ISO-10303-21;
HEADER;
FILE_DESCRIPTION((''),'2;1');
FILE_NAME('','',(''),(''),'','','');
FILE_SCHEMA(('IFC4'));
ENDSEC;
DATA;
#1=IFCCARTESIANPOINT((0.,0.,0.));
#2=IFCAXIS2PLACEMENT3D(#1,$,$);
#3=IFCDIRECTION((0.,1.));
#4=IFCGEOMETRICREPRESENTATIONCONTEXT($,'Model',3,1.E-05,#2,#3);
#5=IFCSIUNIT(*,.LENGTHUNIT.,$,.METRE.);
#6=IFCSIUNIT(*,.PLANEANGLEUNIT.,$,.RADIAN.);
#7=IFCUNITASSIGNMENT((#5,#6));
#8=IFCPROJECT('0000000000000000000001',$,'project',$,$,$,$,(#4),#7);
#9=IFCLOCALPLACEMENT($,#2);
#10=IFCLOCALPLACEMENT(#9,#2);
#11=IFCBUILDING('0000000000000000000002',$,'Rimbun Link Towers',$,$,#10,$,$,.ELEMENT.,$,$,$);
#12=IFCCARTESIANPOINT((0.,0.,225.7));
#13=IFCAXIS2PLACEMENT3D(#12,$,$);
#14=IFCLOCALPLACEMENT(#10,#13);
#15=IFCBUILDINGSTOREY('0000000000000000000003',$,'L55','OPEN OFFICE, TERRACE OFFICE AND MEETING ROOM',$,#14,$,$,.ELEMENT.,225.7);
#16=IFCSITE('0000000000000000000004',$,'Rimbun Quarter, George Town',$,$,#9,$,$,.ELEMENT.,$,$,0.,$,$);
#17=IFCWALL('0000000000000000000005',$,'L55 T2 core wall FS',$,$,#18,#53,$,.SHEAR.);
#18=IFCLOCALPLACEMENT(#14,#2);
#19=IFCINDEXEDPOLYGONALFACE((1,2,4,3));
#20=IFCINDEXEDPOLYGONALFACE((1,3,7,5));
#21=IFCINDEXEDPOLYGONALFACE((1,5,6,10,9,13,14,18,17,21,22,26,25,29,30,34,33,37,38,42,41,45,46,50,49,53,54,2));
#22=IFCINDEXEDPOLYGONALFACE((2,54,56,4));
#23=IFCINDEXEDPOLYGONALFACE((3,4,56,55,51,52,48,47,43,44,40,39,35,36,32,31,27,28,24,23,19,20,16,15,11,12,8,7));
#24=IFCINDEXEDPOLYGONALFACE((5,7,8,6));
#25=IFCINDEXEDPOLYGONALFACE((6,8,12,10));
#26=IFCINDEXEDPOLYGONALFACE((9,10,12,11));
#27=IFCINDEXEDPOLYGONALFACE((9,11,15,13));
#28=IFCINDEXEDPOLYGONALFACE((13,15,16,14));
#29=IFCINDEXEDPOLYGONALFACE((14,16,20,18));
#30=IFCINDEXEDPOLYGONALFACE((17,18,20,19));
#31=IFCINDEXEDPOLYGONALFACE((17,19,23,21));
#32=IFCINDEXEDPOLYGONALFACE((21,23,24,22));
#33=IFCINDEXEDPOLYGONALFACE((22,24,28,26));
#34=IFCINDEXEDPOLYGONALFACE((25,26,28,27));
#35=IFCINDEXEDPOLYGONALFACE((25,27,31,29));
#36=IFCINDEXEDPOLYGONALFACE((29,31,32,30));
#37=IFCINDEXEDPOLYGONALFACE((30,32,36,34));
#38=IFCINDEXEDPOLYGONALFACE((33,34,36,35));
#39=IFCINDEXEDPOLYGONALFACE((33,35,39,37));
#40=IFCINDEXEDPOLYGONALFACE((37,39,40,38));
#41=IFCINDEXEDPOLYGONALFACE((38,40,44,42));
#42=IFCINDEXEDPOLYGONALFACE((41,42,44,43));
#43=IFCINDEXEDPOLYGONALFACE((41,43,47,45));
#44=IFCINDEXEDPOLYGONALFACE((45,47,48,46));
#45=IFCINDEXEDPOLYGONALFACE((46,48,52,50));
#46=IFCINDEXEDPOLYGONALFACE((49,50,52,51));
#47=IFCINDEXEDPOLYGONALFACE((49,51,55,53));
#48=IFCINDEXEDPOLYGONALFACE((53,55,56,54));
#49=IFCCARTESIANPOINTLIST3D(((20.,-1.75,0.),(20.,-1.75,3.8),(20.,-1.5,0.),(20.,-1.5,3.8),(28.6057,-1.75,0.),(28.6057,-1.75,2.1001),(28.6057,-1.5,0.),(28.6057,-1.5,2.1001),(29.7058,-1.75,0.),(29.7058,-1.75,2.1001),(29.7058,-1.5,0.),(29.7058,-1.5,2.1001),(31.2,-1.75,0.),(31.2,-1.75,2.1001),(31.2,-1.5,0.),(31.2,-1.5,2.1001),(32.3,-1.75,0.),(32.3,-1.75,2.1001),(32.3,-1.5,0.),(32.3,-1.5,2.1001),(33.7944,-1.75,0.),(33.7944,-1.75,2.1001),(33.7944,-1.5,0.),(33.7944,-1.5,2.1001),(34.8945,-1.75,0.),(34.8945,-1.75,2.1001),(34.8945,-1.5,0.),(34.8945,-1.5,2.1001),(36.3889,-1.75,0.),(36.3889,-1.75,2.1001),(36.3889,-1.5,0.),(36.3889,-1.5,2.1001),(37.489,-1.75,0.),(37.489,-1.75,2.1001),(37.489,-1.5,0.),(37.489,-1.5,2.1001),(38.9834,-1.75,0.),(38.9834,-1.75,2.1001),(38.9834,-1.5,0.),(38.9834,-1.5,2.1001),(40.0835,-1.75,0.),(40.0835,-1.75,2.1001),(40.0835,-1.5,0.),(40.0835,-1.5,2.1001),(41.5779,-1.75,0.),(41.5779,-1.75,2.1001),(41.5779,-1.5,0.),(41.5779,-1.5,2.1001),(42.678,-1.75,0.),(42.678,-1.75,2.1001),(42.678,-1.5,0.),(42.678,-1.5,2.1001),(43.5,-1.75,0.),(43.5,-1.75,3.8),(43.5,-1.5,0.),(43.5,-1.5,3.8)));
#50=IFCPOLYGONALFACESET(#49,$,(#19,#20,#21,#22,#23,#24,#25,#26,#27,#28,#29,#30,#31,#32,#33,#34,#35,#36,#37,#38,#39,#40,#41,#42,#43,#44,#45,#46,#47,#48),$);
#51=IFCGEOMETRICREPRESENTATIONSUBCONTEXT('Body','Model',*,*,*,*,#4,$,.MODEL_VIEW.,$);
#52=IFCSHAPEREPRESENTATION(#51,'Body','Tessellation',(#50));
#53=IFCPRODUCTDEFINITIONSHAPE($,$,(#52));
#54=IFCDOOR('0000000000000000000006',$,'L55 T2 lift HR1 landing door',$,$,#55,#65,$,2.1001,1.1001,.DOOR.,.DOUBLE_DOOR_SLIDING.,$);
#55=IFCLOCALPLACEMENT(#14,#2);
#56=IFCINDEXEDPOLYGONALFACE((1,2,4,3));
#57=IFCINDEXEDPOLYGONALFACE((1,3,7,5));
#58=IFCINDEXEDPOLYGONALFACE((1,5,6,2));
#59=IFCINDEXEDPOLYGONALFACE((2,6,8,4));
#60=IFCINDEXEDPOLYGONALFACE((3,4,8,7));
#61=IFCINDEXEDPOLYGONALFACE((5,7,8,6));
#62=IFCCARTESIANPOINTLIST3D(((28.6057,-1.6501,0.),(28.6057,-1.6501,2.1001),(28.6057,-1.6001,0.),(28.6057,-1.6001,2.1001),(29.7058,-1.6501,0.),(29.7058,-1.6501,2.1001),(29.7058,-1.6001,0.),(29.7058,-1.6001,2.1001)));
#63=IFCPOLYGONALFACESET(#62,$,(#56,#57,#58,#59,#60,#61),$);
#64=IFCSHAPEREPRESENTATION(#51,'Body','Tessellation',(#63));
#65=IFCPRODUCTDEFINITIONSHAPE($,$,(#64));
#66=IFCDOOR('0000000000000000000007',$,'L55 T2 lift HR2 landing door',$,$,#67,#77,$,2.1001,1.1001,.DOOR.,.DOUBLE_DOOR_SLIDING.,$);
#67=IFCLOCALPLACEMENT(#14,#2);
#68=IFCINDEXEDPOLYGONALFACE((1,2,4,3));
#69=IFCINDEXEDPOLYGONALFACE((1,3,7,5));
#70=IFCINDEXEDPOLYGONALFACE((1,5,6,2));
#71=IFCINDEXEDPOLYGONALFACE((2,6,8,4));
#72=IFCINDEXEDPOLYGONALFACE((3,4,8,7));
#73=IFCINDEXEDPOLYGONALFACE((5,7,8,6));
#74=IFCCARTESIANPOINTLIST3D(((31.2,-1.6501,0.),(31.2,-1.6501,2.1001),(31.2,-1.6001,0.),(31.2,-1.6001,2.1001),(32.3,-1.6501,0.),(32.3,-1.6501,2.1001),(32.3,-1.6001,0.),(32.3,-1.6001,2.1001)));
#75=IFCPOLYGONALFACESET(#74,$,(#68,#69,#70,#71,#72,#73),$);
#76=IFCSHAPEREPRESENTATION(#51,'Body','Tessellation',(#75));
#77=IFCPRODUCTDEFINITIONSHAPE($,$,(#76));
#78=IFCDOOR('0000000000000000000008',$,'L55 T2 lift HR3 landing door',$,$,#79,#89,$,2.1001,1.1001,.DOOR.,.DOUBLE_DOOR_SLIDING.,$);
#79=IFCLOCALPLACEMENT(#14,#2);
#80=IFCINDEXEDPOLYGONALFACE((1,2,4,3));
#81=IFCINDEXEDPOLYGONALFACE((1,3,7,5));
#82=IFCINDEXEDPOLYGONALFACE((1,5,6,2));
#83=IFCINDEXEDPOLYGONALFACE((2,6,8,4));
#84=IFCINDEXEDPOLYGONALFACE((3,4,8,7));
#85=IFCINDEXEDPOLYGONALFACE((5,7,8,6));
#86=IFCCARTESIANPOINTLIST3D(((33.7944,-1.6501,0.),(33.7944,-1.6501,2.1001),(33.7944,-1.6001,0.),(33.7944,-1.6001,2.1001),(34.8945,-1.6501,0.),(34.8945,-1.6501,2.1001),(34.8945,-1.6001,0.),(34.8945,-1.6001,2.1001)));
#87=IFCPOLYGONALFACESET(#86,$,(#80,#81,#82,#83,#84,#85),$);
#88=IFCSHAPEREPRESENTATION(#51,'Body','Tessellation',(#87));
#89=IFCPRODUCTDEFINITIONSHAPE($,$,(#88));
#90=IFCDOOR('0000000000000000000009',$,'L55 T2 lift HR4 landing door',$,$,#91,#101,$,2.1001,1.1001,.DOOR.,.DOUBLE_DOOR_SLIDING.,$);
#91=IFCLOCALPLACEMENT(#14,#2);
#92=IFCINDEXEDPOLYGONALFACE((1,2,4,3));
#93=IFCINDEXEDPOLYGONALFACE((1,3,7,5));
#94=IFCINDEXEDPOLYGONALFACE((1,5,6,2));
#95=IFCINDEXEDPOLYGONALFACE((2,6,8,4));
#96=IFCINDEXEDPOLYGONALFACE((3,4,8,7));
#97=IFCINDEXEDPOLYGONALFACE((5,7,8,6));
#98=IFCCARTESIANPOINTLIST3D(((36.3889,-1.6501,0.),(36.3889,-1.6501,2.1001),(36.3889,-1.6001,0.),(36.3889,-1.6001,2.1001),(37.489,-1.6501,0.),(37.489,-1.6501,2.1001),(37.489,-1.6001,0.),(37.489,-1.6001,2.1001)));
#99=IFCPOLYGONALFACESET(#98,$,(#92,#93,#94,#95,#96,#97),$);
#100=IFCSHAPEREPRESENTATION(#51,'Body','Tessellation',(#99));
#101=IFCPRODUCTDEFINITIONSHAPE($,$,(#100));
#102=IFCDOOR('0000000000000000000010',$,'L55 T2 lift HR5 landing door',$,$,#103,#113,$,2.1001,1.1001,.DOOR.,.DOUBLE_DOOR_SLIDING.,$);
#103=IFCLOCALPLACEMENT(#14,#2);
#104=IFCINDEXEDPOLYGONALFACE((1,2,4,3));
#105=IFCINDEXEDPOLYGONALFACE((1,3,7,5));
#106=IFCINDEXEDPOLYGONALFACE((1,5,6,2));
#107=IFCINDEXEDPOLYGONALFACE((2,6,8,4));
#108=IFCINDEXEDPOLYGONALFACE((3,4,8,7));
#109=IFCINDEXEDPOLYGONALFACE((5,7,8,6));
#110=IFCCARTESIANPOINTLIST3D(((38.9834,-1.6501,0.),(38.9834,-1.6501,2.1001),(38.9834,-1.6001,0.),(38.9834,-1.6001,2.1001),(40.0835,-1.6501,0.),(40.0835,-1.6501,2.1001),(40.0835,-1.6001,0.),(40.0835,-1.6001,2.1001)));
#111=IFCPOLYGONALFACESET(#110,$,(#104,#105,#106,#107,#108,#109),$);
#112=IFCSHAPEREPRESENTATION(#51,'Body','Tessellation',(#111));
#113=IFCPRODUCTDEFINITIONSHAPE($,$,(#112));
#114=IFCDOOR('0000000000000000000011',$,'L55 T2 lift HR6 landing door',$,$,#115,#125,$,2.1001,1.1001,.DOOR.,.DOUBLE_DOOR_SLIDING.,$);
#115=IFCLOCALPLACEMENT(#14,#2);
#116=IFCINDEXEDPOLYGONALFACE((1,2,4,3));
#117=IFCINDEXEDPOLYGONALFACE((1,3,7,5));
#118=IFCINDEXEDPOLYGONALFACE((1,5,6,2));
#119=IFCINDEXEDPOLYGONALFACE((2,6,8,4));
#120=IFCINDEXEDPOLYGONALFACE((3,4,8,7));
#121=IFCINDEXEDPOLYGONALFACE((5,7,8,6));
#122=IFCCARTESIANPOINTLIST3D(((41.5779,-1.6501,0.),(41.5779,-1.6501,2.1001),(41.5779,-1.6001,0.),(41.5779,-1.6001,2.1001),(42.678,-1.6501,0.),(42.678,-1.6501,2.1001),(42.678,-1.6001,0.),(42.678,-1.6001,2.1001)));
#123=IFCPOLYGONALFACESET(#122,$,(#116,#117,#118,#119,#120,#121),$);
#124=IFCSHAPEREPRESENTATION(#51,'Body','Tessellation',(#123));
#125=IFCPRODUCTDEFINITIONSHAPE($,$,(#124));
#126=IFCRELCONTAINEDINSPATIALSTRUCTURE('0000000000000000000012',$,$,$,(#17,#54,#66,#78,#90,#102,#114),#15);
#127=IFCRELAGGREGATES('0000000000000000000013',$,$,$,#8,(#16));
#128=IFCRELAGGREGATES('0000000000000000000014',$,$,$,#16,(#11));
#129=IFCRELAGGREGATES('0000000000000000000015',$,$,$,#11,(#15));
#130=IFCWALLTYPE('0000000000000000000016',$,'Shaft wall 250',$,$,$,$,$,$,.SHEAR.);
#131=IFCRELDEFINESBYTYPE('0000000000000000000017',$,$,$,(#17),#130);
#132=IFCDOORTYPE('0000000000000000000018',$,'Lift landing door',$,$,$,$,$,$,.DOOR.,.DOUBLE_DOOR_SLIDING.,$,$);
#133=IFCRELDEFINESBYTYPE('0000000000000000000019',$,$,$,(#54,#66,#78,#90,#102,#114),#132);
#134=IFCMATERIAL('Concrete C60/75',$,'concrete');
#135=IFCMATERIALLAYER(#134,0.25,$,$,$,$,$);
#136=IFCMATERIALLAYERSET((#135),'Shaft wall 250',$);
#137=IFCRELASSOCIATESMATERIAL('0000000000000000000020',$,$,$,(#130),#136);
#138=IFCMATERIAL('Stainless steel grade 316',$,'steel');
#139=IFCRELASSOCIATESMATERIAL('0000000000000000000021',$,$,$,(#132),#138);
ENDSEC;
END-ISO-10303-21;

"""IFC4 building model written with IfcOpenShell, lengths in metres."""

from ifc_helpers import new_model, si_unit, direction, frame, frame_2d, origin, place, context, subcontext, project, spatial, rectangle, extrude, material, layer, layer_set, type_object, element, fill, save


model = new_model("IFC4")

# Units and contexts
model_context = context("Model", 3, precision=1e-05, world=origin(), true_north=direction((0.0, 1.0)))
body_context = subcontext(model_context, "Body", "Model", "MODEL_VIEW")
ifc_project = project(units=[si_unit("LENGTHUNIT", "METRE"), si_unit("PLANEANGLEUNIT", "RADIAN")], contexts=[model_context])

# Site, building, storey
site_placement = place(None, origin())
site = spatial("IfcSite", under=ifc_project, at=site_placement, Name="Rimbun Quarter, George Town", CompositionType="ELEMENT", RefElevation=0.0)
building_placement = place(site_placement, origin())
building = spatial("IfcBuilding", under=site, at=building_placement, Name="Rimbun Link Towers", CompositionType="ELEMENT")
storey_placement = place(building_placement, frame((0.0, 0.0, 225.7)))
storey = spatial("IfcBuildingStorey", under=building, at=storey_placement, Name="L55", Description="OPEN OFFICE, TERRACE OFFICE AND MEETING ROOM", CompositionType="ELEMENT", Elevation=225.7)

# Shared definitions
ifc_material_1 = material(Name="Concrete C60/75", Category="concrete")
ifc_layer_1 = layer(ifc_material_1, 0.25)
ifc_layer_set_1 = layer_set([ifc_layer_1], Name="Shaft wall 250")
wall_type_1 = type_object("IfcWallType", Name="Shaft wall 250", PredefinedType="SHEAR", material=ifc_layer_set_1)

# Wall, openings, doors
wall_1_placement = place(storey_placement, frame((20.0, -1.625, 0.0), z_axis=(0.0, 0.0, 1.0), x_axis=(1.0, 0.0, 0.0)))
wall_1 = element("IfcWall", 1, at=wall_1_placement, inside=storey, type_object=wall_type_1, Name="L55 T2 core wall FS", PredefinedType="SHEAR", context=body_context, shape_type="SweptSolid", body=[
    extrude(rectangle(XDim=23.5, YDim=0.25, at=frame_2d((11.75, 0.0))), origin(), (0.0, 0.0, 1.0), 3.8),
])
opening_1_placement = place(wall_1_placement, frame((8.6057, 0.0, 0.0)))
opening_1 = element("IfcOpeningElement", 2, at=opening_1_placement, cuts=wall_1, PredefinedType="OPENING", context=body_context, shape_type="SweptSolid", body=[
    extrude(rectangle(XDim=1.1001, YDim=2.1001, at=frame_2d((0.55, 1.05))), frame((0.0, 0.135, 0.0), z_axis=(0.0, -1.0, 0.0), x_axis=(1.0, 0.0, 0.0)), (0.0, 0.0, 1.0), 0.27),
])
opening_2_placement = place(wall_1_placement, frame((11.2, 0.0, 0.0)))
opening_2 = element("IfcOpeningElement", 3, at=opening_2_placement, cuts=wall_1, PredefinedType="OPENING", context=body_context, shape_type="SweptSolid", body=[
    extrude(rectangle(XDim=1.1001, YDim=2.1001, at=frame_2d((0.55, 1.05))), frame((0.0, 0.135, 0.0), z_axis=(0.0, -1.0, 0.0), x_axis=(1.0, 0.0, 0.0)), (0.0, 0.0, 1.0), 0.27),
])
opening_3_placement = place(wall_1_placement, frame((13.7944, 0.0, 0.0)))
opening_3 = element("IfcOpeningElement", 4, at=opening_3_placement, cuts=wall_1, PredefinedType="OPENING", context=body_context, shape_type="SweptSolid", body=[
    extrude(rectangle(XDim=1.1001, YDim=2.1001, at=frame_2d((0.55, 1.05))), frame((0.0, 0.135, 0.0), z_axis=(0.0, -1.0, 0.0), x_axis=(1.0, 0.0, 0.0)), (0.0, 0.0, 1.0), 0.27),
])
opening_4_placement = place(wall_1_placement, frame((16.3889, 0.0, 0.0)))
opening_4 = element("IfcOpeningElement", 5, at=opening_4_placement, cuts=wall_1, PredefinedType="OPENING", context=body_context, shape_type="SweptSolid", body=[
    extrude(rectangle(XDim=1.1001, YDim=2.1001, at=frame_2d((0.55, 1.05))), frame((0.0, 0.135, 0.0), z_axis=(0.0, -1.0, 0.0), x_axis=(1.0, 0.0, 0.0)), (0.0, 0.0, 1.0), 0.27),
])
opening_5_placement = place(wall_1_placement, frame((18.9834, 0.0, 0.0)))
opening_5 = element("IfcOpeningElement", 6, at=opening_5_placement, cuts=wall_1, PredefinedType="OPENING", context=body_context, shape_type="SweptSolid", body=[
    extrude(rectangle(XDim=1.1001, YDim=2.1001, at=frame_2d((0.55, 1.05))), frame((0.0, 0.135, 0.0), z_axis=(0.0, -1.0, 0.0), x_axis=(1.0, 0.0, 0.0)), (0.0, 0.0, 1.0), 0.27),
])
opening_6_placement = place(wall_1_placement, frame((21.5779, 0.0, 0.0)))
opening_6 = element("IfcOpeningElement", 7, at=opening_6_placement, cuts=wall_1, PredefinedType="OPENING", context=body_context, shape_type="SweptSolid", body=[
    extrude(rectangle(XDim=1.1001, YDim=2.1001, at=frame_2d((0.55, 1.05))), frame((0.0, 0.135, 0.0), z_axis=(0.0, -1.0, 0.0), x_axis=(1.0, 0.0, 0.0)), (0.0, 0.0, 1.0), 0.27),
])
ifc_material_2 = material(Name="Stainless steel grade 316", Category="steel")
door_type_1 = type_object("IfcDoorType", Name="Lift landing door", OperationType="DOUBLE_DOOR_SLIDING", PredefinedType="DOOR", material=ifc_material_2)
door_1_placement = place(opening_1_placement, origin())
door_1 = element("IfcDoor", 8, at=door_1_placement, inside=storey, type_object=door_type_1, Name="L55 T2 lift HR1 landing door", OperationType="DOUBLE_DOOR_SLIDING", OverallHeight=2.1001, OverallWidth=1.1001, PredefinedType="DOOR", context=body_context, shape_type="SweptSolid", body=[
    extrude(rectangle(XDim=1.1001, YDim=2.1001, at=frame_2d((0.55, 1.05))), frame((0.0, 0.0249, 0.0), z_axis=(0.0, -1.0, 0.0), x_axis=(1.0, 0.0, 0.0)), (0.0, 0.0, 1.0), 0.05),
])
fill(opening_1, door_1)
door_2_placement = place(opening_2_placement, origin())
door_2 = element("IfcDoor", 9, at=door_2_placement, inside=storey, type_object=door_type_1, Name="L55 T2 lift HR2 landing door", OperationType="DOUBLE_DOOR_SLIDING", OverallHeight=2.1001, OverallWidth=1.1001, PredefinedType="DOOR", context=body_context, shape_type="SweptSolid", body=[
    extrude(rectangle(XDim=1.1001, YDim=2.1001, at=frame_2d((0.55, 1.05))), frame((0.0, 0.0249, 0.0), z_axis=(0.0, -1.0, 0.0), x_axis=(1.0, 0.0, 0.0)), (0.0, 0.0, 1.0), 0.05),
])
fill(opening_2, door_2)
door_3_placement = place(opening_3_placement, origin())
door_3 = element("IfcDoor", 10, at=door_3_placement, inside=storey, type_object=door_type_1, Name="L55 T2 lift HR3 landing door", OperationType="DOUBLE_DOOR_SLIDING", OverallHeight=2.1001, OverallWidth=1.1001, PredefinedType="DOOR", context=body_context, shape_type="SweptSolid", body=[
    extrude(rectangle(XDim=1.1001, YDim=2.1001, at=frame_2d((0.55, 1.05))), frame((0.0, 0.0249, 0.0), z_axis=(0.0, -1.0, 0.0), x_axis=(1.0, 0.0, 0.0)), (0.0, 0.0, 1.0), 0.05),
])
fill(opening_3, door_3)
door_4_placement = place(opening_4_placement, origin())
door_4 = element("IfcDoor", 11, at=door_4_placement, inside=storey, type_object=door_type_1, Name="L55 T2 lift HR4 landing door", OperationType="DOUBLE_DOOR_SLIDING", OverallHeight=2.1001, OverallWidth=1.1001, PredefinedType="DOOR", context=body_context, shape_type="SweptSolid", body=[
    extrude(rectangle(XDim=1.1001, YDim=2.1001, at=frame_2d((0.55, 1.05))), frame((0.0, 0.0249, 0.0), z_axis=(0.0, -1.0, 0.0), x_axis=(1.0, 0.0, 0.0)), (0.0, 0.0, 1.0), 0.05),
])
fill(opening_4, door_4)
door_5_placement = place(opening_5_placement, origin())
door_5 = element("IfcDoor", 12, at=door_5_placement, inside=storey, type_object=door_type_1, Name="L55 T2 lift HR5 landing door", OperationType="DOUBLE_DOOR_SLIDING", OverallHeight=2.1001, OverallWidth=1.1001, PredefinedType="DOOR", context=body_context, shape_type="SweptSolid", body=[
    extrude(rectangle(XDim=1.1001, YDim=2.1001, at=frame_2d((0.55, 1.05))), frame((0.0, 0.0249, 0.0), z_axis=(0.0, -1.0, 0.0), x_axis=(1.0, 0.0, 0.0)), (0.0, 0.0, 1.0), 0.05),
])
fill(opening_5, door_5)
door_6_placement = place(opening_6_placement, origin())
door_6 = element("IfcDoor", 13, at=door_6_placement, inside=storey, type_object=door_type_1, Name="L55 T2 lift HR6 landing door", OperationType="DOUBLE_DOOR_SLIDING", OverallHeight=2.1001, OverallWidth=1.1001, PredefinedType="DOOR", context=body_context, shape_type="SweptSolid", body=[
    extrude(rectangle(XDim=1.1001, YDim=2.1001, at=frame_2d((0.55, 1.05))), frame((0.0, 0.0249, 0.0), z_axis=(0.0, -1.0, 0.0), x_axis=(1.0, 0.0, 0.0)), (0.0, 0.0, 1.0), 0.05),
])
fill(opening_6, door_6)

save(model, "model.ifc")
